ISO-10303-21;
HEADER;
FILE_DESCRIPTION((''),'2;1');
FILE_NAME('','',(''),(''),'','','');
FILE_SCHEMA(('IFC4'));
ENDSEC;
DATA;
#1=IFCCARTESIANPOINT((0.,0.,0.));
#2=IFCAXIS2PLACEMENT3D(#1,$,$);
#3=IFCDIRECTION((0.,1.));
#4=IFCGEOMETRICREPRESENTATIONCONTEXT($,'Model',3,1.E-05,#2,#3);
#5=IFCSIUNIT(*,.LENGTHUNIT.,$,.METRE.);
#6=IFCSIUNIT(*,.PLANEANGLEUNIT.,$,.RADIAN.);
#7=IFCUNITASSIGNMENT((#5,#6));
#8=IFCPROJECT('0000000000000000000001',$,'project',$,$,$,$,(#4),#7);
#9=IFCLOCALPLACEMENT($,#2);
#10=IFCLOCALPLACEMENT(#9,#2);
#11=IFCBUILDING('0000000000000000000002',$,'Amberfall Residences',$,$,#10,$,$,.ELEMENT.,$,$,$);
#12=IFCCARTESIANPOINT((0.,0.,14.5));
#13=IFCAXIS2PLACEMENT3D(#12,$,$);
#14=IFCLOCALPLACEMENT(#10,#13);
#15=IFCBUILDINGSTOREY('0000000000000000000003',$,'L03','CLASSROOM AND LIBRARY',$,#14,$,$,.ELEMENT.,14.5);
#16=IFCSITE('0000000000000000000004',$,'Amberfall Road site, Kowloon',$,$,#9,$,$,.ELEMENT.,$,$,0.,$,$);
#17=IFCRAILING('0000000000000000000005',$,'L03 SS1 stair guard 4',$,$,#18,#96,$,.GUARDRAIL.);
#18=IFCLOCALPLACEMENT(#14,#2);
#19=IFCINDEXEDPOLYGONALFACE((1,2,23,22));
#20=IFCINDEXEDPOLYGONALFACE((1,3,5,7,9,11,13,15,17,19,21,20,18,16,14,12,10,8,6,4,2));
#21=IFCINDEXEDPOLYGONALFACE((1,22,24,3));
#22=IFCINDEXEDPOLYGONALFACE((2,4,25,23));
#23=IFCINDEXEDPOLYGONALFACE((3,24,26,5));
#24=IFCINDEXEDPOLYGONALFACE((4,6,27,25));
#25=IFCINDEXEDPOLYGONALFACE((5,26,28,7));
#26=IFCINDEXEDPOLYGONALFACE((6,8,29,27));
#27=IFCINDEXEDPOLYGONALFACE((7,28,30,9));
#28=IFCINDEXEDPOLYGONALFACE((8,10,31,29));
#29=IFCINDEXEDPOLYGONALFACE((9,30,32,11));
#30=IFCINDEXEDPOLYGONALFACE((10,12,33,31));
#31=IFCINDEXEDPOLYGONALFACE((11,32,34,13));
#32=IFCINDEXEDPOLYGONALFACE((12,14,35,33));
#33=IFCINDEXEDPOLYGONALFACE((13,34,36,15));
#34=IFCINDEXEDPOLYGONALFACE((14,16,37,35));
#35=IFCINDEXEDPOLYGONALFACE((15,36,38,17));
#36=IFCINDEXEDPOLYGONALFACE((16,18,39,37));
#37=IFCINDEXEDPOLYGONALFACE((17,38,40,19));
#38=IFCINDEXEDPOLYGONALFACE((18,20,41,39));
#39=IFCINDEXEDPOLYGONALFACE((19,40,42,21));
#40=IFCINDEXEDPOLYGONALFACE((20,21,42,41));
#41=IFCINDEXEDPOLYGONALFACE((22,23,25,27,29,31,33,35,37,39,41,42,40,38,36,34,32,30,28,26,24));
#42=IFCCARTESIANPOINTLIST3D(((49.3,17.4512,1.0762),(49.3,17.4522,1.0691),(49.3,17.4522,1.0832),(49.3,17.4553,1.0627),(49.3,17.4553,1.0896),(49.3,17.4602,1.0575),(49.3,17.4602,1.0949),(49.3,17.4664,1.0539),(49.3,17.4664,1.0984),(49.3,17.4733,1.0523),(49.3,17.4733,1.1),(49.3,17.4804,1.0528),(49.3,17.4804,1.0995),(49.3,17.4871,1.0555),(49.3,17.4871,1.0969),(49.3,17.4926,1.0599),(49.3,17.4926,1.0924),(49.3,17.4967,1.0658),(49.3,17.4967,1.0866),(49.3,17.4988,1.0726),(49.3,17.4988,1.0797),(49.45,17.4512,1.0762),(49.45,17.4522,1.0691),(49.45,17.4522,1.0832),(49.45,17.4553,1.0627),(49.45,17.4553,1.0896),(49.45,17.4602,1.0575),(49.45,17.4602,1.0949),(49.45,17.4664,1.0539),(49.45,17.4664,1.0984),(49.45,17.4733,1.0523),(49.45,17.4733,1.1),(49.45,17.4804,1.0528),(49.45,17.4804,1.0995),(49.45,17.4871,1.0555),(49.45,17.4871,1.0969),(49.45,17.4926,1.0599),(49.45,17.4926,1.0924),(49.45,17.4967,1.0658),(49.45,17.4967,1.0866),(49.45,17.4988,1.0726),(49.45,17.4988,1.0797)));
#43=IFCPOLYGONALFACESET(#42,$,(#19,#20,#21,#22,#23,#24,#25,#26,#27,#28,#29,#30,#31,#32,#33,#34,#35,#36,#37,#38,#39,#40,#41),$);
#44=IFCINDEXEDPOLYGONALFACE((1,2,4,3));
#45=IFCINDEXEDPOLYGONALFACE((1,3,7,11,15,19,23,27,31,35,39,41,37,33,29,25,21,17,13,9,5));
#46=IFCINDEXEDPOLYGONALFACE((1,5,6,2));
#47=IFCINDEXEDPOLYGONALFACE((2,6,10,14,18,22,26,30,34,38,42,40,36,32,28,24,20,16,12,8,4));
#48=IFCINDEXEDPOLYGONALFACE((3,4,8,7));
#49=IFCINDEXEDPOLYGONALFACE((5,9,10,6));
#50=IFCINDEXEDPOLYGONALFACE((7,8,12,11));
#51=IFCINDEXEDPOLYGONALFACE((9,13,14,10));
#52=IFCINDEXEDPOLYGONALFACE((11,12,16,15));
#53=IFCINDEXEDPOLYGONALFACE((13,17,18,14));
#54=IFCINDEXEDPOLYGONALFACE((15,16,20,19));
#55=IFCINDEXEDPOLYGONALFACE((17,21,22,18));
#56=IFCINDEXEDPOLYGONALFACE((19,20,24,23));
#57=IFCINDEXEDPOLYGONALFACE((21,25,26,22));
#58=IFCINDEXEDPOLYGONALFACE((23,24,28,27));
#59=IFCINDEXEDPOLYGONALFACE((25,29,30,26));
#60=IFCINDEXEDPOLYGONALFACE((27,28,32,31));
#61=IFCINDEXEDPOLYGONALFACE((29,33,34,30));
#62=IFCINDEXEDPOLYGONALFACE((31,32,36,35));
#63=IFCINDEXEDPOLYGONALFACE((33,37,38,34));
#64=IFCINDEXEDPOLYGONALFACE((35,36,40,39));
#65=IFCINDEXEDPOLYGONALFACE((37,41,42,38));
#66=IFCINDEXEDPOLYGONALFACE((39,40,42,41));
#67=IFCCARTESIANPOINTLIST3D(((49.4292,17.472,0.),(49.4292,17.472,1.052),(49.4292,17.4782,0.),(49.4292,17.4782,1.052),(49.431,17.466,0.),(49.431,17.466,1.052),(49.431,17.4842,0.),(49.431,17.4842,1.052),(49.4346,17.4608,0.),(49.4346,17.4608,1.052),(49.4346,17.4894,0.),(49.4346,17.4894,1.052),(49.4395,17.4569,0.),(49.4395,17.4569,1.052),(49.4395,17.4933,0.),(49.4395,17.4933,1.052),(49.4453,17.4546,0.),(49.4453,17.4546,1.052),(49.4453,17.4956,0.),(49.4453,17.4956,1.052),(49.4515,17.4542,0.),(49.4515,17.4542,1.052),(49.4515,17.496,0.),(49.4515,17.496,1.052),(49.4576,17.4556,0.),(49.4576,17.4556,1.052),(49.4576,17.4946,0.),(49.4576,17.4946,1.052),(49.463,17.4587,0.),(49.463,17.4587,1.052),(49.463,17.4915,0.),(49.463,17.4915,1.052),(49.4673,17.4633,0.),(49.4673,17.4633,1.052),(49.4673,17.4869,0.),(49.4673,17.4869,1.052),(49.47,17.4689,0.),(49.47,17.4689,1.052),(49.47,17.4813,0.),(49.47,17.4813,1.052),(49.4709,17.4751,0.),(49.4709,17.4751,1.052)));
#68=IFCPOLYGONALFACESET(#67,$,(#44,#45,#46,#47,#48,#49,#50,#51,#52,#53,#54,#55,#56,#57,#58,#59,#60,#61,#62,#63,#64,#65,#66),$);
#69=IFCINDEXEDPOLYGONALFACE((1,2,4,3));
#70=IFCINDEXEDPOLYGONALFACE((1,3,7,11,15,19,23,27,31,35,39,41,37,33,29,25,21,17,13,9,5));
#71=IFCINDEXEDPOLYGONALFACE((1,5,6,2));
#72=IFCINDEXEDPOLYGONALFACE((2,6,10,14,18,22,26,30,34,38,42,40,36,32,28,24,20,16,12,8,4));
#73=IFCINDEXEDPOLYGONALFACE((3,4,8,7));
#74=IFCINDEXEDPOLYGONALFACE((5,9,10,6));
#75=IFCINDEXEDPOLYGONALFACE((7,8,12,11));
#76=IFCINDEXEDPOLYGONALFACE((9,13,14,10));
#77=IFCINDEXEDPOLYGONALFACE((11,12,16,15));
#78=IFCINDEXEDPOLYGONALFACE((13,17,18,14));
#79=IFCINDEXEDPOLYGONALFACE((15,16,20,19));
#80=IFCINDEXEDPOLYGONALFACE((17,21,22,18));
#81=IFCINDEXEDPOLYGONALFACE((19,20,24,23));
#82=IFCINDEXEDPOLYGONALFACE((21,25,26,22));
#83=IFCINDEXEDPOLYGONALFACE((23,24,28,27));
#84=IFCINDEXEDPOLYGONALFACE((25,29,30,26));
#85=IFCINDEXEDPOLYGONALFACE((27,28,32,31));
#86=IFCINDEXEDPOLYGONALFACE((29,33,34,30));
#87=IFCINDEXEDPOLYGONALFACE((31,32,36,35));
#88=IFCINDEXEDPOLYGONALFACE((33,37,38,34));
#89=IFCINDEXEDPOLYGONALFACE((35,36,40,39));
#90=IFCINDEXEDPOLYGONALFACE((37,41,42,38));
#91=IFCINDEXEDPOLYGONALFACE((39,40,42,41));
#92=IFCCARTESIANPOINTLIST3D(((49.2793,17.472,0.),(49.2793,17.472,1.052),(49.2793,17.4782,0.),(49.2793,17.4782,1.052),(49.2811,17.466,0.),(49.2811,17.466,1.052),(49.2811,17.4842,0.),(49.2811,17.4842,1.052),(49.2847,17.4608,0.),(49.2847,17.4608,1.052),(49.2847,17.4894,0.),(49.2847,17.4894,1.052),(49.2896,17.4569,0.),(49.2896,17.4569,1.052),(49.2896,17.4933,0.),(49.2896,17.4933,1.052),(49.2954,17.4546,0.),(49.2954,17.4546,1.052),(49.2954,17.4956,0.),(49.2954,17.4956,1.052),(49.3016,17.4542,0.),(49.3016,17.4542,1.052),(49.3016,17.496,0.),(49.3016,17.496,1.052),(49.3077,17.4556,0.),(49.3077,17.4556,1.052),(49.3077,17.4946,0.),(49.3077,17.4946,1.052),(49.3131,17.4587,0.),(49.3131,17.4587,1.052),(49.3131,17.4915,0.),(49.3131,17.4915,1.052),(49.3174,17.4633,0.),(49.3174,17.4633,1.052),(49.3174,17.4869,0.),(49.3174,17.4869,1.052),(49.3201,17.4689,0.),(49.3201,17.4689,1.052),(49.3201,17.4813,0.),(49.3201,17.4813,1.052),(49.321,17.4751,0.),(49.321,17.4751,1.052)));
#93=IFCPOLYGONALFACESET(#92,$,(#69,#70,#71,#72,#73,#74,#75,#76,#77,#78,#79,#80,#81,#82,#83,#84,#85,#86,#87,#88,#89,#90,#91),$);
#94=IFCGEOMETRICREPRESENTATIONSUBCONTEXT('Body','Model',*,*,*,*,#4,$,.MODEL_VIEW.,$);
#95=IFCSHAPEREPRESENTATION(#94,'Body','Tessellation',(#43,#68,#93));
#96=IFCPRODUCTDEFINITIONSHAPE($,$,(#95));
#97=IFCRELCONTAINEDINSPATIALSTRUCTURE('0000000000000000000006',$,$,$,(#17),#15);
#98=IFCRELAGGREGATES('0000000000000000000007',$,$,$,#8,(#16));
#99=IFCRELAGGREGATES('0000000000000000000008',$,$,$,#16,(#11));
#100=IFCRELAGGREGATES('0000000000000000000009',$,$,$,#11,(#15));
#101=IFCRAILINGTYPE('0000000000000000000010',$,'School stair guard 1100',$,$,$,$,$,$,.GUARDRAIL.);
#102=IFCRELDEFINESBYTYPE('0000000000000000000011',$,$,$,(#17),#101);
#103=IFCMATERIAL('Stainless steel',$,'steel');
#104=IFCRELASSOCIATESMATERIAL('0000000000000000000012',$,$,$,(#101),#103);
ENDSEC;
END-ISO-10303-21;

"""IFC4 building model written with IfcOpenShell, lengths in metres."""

from ifc_helpers import new_model, si_unit, direction, frame, origin, origin_2d, place, context, subcontext, project, spatial, circle, extrude, material, type_object, element, save


model = new_model("IFC4")

# Units and contexts
model_context = context("Model", 3, precision=1e-05, world=origin(), true_north=direction((0.0, 1.0)))
body_context = subcontext(model_context, "Body", "Model", "MODEL_VIEW")
ifc_project = project(units=[si_unit("LENGTHUNIT", "METRE"), si_unit("PLANEANGLEUNIT", "RADIAN")], contexts=[model_context])

# Site, building, storey
site_placement = place(None, origin())
site = spatial("IfcSite", under=ifc_project, at=site_placement, Name="Amberfall Road site, Kowloon", CompositionType="ELEMENT", RefElevation=0.0)
building_placement = place(site_placement, origin())
building = spatial("IfcBuilding", under=site, at=building_placement, Name="Amberfall Residences", CompositionType="ELEMENT")
storey_placement = place(building_placement, frame((0.0, 0.0, 14.5)))
storey = spatial("IfcBuildingStorey", under=building, at=storey_placement, Name="L03", Description="CLASSROOM AND LIBRARY", CompositionType="ELEMENT", Elevation=14.5)

# Railing
ifc_material_1 = material(Name="Stainless steel", Category="steel")
railing_type_1 = type_object("IfcRailingType", Name="School stair guard 1100", PredefinedType="GUARDRAIL", material=ifc_material_1)
railing_1_placement = place(storey_placement, frame((49.45, 17.4751, 0.0)))
element("IfcRailing", 1, at=railing_1_placement, inside=storey, type_object=railing_type_1, Name="L03 SS1 stair guard 4", PredefinedType="GUARDRAIL", context=body_context, shape_type="SweptSolid", body=[
    extrude(circle(Radius=0.0239, at=origin_2d()), frame((0.0, 0.0, 1.0762), z_axis=(-1.0, 0.0, 0.0), x_axis=(0.0, -1.0, 0.0)), (0.0, 0.0, 1.0), 0.1499),
    extrude(circle(Radius=0.021, at=origin_2d()), origin(), (0.0, 0.0, 1.0), 1.052),
    extrude(circle(Radius=0.021, at=origin_2d()), frame((-0.1499, 0.0, 0.0)), (0.0, 0.0, 1.0), 1.052),
])

save(model, "model.ifc")
